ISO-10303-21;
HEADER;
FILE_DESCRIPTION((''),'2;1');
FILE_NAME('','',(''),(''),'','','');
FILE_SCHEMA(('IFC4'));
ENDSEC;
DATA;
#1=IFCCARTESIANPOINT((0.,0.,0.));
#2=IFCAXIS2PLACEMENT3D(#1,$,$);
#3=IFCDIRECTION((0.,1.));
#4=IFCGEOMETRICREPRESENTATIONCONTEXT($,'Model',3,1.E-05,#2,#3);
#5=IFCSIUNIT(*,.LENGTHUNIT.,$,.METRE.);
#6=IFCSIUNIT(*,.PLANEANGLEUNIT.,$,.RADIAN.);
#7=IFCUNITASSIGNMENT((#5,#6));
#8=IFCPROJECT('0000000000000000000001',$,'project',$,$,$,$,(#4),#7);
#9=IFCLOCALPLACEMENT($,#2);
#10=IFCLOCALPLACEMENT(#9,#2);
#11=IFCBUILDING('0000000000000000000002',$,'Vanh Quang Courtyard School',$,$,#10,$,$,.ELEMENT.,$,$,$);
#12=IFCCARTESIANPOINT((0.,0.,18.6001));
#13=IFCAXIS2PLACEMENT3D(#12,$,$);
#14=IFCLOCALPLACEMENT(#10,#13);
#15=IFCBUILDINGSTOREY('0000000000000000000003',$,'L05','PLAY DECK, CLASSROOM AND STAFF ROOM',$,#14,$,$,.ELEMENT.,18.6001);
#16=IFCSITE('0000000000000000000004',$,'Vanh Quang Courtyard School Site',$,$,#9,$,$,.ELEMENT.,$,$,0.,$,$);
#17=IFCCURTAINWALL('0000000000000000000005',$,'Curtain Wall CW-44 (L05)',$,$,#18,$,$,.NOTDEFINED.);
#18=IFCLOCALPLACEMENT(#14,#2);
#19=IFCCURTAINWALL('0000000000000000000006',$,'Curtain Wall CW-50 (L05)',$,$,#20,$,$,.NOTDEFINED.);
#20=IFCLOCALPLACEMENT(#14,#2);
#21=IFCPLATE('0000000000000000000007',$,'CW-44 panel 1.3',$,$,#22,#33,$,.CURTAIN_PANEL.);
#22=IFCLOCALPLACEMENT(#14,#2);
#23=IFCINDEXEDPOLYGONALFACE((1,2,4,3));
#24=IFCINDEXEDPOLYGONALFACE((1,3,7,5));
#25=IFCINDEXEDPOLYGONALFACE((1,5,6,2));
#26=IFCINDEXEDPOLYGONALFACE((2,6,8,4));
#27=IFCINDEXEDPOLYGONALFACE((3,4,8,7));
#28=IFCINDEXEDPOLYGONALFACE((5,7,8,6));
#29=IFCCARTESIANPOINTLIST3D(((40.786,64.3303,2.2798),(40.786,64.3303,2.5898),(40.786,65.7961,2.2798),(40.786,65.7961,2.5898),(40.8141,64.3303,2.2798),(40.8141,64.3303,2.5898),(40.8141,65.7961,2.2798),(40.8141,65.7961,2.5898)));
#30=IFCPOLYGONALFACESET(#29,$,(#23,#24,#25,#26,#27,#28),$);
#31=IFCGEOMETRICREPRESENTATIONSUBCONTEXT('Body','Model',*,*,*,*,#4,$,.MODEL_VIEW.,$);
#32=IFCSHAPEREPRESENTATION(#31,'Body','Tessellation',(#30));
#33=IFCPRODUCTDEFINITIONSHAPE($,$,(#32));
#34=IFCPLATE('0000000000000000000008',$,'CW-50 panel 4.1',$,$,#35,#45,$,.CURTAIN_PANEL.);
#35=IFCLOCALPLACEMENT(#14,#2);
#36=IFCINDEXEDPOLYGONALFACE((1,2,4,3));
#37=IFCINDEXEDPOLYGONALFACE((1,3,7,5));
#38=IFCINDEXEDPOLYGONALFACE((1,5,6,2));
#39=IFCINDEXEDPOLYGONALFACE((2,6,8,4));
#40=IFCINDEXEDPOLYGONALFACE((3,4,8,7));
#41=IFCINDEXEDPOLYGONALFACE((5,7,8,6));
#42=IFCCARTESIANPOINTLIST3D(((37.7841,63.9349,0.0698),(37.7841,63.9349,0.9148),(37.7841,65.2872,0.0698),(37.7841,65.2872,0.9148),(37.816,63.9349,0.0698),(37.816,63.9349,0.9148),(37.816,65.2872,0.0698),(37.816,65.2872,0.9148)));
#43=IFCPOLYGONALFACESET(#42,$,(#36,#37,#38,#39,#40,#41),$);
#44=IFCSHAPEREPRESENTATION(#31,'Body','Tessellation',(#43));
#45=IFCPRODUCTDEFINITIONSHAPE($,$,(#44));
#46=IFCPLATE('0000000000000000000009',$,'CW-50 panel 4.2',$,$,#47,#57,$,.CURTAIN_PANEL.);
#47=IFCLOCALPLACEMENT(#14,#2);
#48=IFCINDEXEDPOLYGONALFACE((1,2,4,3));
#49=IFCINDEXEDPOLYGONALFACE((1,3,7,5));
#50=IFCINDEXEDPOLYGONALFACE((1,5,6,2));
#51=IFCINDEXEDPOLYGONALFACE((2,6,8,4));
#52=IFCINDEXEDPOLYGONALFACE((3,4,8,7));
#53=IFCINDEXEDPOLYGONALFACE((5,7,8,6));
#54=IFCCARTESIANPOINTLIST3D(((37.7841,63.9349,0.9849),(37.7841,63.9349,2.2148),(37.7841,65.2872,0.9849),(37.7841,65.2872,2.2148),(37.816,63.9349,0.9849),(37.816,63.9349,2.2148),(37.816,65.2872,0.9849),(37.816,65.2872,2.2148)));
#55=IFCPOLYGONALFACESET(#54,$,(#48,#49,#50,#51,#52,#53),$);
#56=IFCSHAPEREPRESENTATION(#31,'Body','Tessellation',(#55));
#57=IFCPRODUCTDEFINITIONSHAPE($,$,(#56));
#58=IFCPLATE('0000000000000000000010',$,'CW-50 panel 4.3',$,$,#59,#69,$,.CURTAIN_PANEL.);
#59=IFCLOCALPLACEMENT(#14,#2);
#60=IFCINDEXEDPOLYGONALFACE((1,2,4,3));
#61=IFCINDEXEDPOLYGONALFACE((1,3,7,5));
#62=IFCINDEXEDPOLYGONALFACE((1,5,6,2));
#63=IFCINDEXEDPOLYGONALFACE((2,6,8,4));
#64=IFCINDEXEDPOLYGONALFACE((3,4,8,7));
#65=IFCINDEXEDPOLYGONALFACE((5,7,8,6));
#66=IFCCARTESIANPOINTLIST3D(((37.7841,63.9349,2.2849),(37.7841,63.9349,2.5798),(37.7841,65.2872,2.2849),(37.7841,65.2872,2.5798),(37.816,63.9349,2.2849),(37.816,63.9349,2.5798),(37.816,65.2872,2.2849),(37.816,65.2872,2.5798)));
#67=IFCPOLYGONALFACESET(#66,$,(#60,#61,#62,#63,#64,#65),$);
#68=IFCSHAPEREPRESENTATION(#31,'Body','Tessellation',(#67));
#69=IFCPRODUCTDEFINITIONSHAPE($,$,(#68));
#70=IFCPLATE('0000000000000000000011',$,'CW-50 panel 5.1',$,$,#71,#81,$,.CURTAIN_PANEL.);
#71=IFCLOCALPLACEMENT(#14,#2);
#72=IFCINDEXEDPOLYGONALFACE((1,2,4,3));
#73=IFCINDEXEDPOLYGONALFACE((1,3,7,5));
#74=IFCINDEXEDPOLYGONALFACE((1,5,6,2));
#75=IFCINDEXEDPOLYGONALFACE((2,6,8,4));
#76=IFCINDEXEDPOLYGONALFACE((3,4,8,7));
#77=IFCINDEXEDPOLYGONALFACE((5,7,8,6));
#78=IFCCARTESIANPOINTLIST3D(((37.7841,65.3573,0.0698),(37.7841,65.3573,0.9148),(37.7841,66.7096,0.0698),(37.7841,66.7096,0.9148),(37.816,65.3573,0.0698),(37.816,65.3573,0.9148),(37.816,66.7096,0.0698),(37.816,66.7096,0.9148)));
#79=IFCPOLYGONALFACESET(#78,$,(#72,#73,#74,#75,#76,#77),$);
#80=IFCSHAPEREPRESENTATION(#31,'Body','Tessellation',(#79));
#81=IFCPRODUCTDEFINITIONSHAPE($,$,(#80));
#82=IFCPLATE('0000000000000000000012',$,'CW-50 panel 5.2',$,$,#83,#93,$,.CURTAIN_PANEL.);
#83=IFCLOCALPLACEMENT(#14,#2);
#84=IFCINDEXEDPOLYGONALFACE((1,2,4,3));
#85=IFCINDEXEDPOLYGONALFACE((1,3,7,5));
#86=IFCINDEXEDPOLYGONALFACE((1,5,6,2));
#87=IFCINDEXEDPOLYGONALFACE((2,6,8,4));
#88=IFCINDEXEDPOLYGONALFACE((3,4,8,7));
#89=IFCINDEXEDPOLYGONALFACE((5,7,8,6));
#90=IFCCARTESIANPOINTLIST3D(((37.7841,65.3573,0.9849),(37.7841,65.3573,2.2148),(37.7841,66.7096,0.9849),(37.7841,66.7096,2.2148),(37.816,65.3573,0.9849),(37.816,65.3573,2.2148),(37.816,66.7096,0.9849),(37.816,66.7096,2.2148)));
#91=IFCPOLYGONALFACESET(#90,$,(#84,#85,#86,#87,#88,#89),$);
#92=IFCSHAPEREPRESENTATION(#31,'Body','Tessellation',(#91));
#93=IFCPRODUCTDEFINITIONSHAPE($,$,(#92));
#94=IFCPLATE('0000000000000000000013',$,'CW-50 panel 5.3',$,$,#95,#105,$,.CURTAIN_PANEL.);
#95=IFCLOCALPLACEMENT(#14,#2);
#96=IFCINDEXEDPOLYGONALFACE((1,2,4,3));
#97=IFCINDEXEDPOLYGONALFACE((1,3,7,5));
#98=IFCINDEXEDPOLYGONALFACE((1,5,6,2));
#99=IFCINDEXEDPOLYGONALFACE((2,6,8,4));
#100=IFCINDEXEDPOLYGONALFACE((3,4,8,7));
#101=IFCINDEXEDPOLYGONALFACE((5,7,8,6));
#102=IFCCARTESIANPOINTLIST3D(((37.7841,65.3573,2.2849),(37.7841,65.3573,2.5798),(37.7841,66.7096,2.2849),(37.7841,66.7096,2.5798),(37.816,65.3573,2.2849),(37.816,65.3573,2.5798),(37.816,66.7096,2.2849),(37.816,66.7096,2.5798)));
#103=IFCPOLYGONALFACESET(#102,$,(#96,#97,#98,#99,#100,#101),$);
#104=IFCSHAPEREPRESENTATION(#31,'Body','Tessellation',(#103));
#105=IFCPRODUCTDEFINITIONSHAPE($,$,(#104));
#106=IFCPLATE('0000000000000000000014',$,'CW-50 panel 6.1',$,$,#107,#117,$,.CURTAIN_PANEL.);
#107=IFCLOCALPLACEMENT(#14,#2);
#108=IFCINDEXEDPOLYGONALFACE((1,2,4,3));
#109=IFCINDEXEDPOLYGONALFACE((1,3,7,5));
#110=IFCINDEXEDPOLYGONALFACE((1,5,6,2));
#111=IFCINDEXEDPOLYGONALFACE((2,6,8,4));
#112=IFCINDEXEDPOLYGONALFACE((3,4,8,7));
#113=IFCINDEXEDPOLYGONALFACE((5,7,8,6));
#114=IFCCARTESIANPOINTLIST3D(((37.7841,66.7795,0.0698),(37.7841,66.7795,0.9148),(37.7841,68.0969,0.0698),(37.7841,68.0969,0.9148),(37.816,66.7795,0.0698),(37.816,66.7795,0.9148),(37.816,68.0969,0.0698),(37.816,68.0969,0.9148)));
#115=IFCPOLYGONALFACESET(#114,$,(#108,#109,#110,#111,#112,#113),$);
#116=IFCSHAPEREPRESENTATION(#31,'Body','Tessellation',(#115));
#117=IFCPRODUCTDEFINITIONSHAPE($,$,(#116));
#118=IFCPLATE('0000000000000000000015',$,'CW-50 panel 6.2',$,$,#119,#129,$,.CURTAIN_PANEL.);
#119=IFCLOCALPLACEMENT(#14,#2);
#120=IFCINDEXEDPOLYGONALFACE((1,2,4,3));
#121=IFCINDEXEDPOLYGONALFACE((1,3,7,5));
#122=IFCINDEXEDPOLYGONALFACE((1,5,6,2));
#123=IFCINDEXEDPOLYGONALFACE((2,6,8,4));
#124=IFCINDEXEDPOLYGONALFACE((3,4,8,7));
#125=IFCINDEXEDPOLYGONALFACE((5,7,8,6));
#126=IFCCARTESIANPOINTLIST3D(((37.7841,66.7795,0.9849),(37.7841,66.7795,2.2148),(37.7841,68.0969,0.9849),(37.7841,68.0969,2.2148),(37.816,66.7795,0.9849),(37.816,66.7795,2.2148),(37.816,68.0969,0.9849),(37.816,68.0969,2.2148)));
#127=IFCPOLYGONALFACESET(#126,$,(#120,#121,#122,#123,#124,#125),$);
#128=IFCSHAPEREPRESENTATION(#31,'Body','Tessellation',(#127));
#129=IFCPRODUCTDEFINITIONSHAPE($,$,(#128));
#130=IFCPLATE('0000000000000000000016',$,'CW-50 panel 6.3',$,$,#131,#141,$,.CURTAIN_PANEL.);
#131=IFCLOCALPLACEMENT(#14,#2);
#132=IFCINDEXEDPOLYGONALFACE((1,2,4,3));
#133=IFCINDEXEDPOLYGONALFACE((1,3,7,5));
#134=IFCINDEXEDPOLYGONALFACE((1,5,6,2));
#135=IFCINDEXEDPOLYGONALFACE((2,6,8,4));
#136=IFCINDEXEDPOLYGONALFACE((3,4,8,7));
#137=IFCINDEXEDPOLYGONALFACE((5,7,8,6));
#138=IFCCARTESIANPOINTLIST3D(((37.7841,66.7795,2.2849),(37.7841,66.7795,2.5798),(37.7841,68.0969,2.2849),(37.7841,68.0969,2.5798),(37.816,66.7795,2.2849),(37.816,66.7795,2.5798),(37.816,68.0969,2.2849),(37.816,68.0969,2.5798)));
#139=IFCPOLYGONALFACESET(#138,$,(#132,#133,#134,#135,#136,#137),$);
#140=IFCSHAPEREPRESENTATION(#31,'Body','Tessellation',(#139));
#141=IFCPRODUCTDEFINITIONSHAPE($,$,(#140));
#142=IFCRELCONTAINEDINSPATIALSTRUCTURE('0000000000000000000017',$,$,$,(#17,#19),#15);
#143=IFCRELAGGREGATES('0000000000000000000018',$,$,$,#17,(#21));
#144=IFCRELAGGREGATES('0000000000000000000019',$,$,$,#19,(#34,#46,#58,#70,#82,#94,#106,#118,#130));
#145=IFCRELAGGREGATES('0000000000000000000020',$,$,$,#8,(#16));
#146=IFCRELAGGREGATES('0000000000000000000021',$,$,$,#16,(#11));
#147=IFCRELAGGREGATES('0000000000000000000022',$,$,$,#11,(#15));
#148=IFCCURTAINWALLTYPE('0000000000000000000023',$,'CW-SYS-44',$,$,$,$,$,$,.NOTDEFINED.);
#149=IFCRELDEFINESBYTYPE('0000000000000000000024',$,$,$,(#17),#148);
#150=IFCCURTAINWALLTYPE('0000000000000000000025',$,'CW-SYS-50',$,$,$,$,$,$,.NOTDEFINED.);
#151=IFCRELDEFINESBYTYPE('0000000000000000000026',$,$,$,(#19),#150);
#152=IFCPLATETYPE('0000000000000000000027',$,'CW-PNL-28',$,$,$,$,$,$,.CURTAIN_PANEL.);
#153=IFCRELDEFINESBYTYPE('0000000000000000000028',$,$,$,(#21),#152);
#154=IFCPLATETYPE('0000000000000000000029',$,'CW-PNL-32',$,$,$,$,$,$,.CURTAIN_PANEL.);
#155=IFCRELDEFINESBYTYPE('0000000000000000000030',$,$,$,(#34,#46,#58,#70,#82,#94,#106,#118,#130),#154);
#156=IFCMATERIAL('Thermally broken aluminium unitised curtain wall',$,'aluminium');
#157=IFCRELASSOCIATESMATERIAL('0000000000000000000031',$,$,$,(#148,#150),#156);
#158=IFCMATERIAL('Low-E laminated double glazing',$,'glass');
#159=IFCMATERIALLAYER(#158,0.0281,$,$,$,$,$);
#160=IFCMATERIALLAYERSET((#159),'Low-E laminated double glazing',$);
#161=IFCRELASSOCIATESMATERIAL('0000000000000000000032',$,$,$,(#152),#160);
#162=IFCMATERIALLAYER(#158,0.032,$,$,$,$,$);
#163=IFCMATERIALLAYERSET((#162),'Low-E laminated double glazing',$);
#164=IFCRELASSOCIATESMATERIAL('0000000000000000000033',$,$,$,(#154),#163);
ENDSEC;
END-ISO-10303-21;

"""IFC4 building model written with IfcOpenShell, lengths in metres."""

from ifc_helpers import new_model, si_unit, direction, frame, origin, origin_2d, place, context, subcontext, project, spatial, rectangle, extrude, material, layer, layer_set, type_object, element, aggregate, save


model = new_model("IFC4")

# Units and contexts
model_context = context("Model", 3, precision=1e-05, world=origin(), true_north=direction((0.0, 1.0)))
body_context = subcontext(model_context, "Body", "Model", "MODEL_VIEW")
ifc_project = project(units=[si_unit("LENGTHUNIT", "METRE"), si_unit("PLANEANGLEUNIT", "RADIAN")], contexts=[model_context])

# Site, building, storey
site_placement = place(None, origin())
site = spatial("IfcSite", under=ifc_project, at=site_placement, Name="Vanh Quang Courtyard School Site", CompositionType="ELEMENT", RefElevation=0.0)
building_placement = place(site_placement, origin())
building = spatial("IfcBuilding", under=site, at=building_placement, Name="Vanh Quang Courtyard School", CompositionType="ELEMENT")
storey_placement = place(building_placement, frame((0.0, 0.0, 18.6001)))
storey = spatial("IfcBuildingStorey", under=building, at=storey_placement, Name="L05", Description="PLAY DECK, CLASSROOM AND STAFF ROOM", CompositionType="ELEMENT", Elevation=18.6001)

# Curtain walls
ifc_material_1 = material(Name="Thermally broken aluminium unitised curtain wall", Category="aluminium")
curtain_wall_type_1 = type_object("IfcCurtainWallType", Name="CW-SYS-44", PredefinedType="NOTDEFINED", material=ifc_material_1)
curtain_wall_1_placement = place(storey_placement, origin())
curtain_wall_1 = element("IfcCurtainWall", 1, at=curtain_wall_1_placement, inside=storey, type_object=curtain_wall_type_1, Name="Curtain Wall CW-44 (L05)", PredefinedType="NOTDEFINED")
curtain_wall_type_2 = type_object("IfcCurtainWallType", Name="CW-SYS-50", PredefinedType="NOTDEFINED", material=ifc_material_1)
curtain_wall_2_placement = place(storey_placement, origin())
curtain_wall_2 = element("IfcCurtainWall", 2, at=curtain_wall_2_placement, inside=storey, type_object=curtain_wall_type_2, Name="Curtain Wall CW-50 (L05)", PredefinedType="NOTDEFINED")

# Plates
ifc_material_2 = material(Name="Low-E laminated double glazing", Category="glass")
ifc_layer_1 = layer(ifc_material_2, 0.0281)
ifc_layer_set_1 = layer_set([ifc_layer_1], Name="Low-E laminated double glazing")
plate_type_1 = type_object("IfcPlateType", Name="CW-PNL-28", PredefinedType="CURTAIN_PANEL", material=ifc_layer_set_1)
plate_1_placement = place(storey_placement, frame((40.8, 65.0632, 2.2798), z_axis=(0.0, 0.0, 1.0), x_axis=(0.0, -1.0, 0.0)))
plate_1 = element("IfcPlate", 3, at=plate_1_placement, type_object=plate_type_1, Name="CW-44 panel 1.3", PredefinedType="CURTAIN_PANEL", context=body_context, shape_type="SweptSolid", body=[
    extrude(rectangle(XDim=1.4658, YDim=0.0281, at=origin_2d()), origin(), (0.0, 0.0, 1.0), 0.3101),
])
aggregate(curtain_wall_1, [plate_1])
ifc_layer_2 = layer(ifc_material_2, 0.032)
ifc_layer_set_2 = layer_set([ifc_layer_2], Name="Low-E laminated double glazing")
plate_type_2 = type_object("IfcPlateType", Name="CW-PNL-32", PredefinedType="CURTAIN_PANEL", material=ifc_layer_set_2)
plate_2_placement = place(storey_placement, frame((37.8, 64.6111, 0.0698), z_axis=(0.0, 0.0, 1.0), x_axis=(0.0, 1.0, 0.0)))
plate_2 = element("IfcPlate", 4, at=plate_2_placement, type_object=plate_type_2, Name="CW-50 panel 4.1", PredefinedType="CURTAIN_PANEL", context=body_context, shape_type="SweptSolid", body=[
    extrude(rectangle(XDim=1.3523, YDim=0.032, at=origin_2d()), origin(), (0.0, 0.0, 1.0), 0.845),
])
plate_3_placement = place(storey_placement, frame((37.8, 64.6111, 0.9849), z_axis=(0.0, 0.0, 1.0), x_axis=(0.0, 1.0, 0.0)))
plate_3 = element("IfcPlate", 5, at=plate_3_placement, type_object=plate_type_2, Name="CW-50 panel 4.2", PredefinedType="CURTAIN_PANEL", context=body_context, shape_type="SweptSolid", body=[
    extrude(rectangle(XDim=1.3523, YDim=0.032, at=origin_2d()), origin(), (0.0, 0.0, 1.0), 1.23),
])
plate_4_placement = place(storey_placement, frame((37.8, 64.6111, 2.2849), z_axis=(0.0, 0.0, 1.0), x_axis=(0.0, 1.0, 0.0)))
plate_4 = element("IfcPlate", 6, at=plate_4_placement, type_object=plate_type_2, Name="CW-50 panel 4.3", PredefinedType="CURTAIN_PANEL", context=body_context, shape_type="SweptSolid", body=[
    extrude(rectangle(XDim=1.3523, YDim=0.032, at=origin_2d()), origin(), (0.0, 0.0, 1.0), 0.2949),
])
plate_5_placement = place(storey_placement, frame((37.8, 66.0334, 0.0698), z_axis=(0.0, 0.0, 1.0), x_axis=(0.0, 1.0, 0.0)))
plate_5 = element("IfcPlate", 7, at=plate_5_placement, type_object=plate_type_2, Name="CW-50 panel 5.1", PredefinedType="CURTAIN_PANEL", context=body_context, shape_type="SweptSolid", body=[
    extrude(rectangle(XDim=1.3523, YDim=0.032, at=origin_2d()), origin(), (0.0, 0.0, 1.0), 0.845),
])
plate_6_placement = place(storey_placement, frame((37.8, 66.0334, 0.9849), z_axis=(0.0, 0.0, 1.0), x_axis=(0.0, 1.0, 0.0)))
plate_6 = element("IfcPlate", 8, at=plate_6_placement, type_object=plate_type_2, Name="CW-50 panel 5.2", PredefinedType="CURTAIN_PANEL", context=body_context, shape_type="SweptSolid", body=[
    extrude(rectangle(XDim=1.3523, YDim=0.032, at=origin_2d()), origin(), (0.0, 0.0, 1.0), 1.23),
])
plate_7_placement = place(storey_placement, frame((37.8, 66.0334, 2.2849), z_axis=(0.0, 0.0, 1.0), x_axis=(0.0, 1.0, 0.0)))
plate_7 = element("IfcPlate", 9, at=plate_7_placement, type_object=plate_type_2, Name="CW-50 panel 5.3", PredefinedType="CURTAIN_PANEL", context=body_context, shape_type="SweptSolid", body=[
    extrude(rectangle(XDim=1.3523, YDim=0.032, at=origin_2d()), origin(), (0.0, 0.0, 1.0), 0.2949),
])
plate_8_placement = place(storey_placement, frame((37.8, 67.4382, 0.0698), z_axis=(0.0, 0.0, 1.0), x_axis=(0.0, 1.0, 0.0)))
plate_8 = element("IfcPlate", 10, at=plate_8_placement, type_object=plate_type_2, Name="CW-50 panel 6.1", PredefinedType="CURTAIN_PANEL", context=body_context, shape_type="SweptSolid", body=[
    extrude(rectangle(XDim=1.3174, YDim=0.032, at=origin_2d()), origin(), (0.0, 0.0, 1.0), 0.845),
])
plate_9_placement = place(storey_placement, frame((37.8, 67.4382, 0.9849), z_axis=(0.0, 0.0, 1.0), x_axis=(0.0, 1.0, 0.0)))
plate_9 = element("IfcPlate", 11, at=plate_9_placement, type_object=plate_type_2, Name="CW-50 panel 6.2", PredefinedType="CURTAIN_PANEL", context=body_context, shape_type="SweptSolid", body=[
    extrude(rectangle(XDim=1.3174, YDim=0.032, at=origin_2d()), origin(), (0.0, 0.0, 1.0), 1.23),
])
plate_10_placement = place(storey_placement, frame((37.8, 67.4382, 2.2849), z_axis=(0.0, 0.0, 1.0), x_axis=(0.0, 1.0, 0.0)))
plate_10 = element("IfcPlate", 12, at=plate_10_placement, type_object=plate_type_2, Name="CW-50 panel 6.3", PredefinedType="CURTAIN_PANEL", context=body_context, shape_type="SweptSolid", body=[
    extrude(rectangle(XDim=1.3174, YDim=0.032, at=origin_2d()), origin(), (0.0, 0.0, 1.0), 0.2949),
])
aggregate(curtain_wall_2, [plate_2, plate_3, plate_4, plate_5, plate_6, plate_7, plate_8, plate_9, plate_10])

save(model, "model.ifc")
